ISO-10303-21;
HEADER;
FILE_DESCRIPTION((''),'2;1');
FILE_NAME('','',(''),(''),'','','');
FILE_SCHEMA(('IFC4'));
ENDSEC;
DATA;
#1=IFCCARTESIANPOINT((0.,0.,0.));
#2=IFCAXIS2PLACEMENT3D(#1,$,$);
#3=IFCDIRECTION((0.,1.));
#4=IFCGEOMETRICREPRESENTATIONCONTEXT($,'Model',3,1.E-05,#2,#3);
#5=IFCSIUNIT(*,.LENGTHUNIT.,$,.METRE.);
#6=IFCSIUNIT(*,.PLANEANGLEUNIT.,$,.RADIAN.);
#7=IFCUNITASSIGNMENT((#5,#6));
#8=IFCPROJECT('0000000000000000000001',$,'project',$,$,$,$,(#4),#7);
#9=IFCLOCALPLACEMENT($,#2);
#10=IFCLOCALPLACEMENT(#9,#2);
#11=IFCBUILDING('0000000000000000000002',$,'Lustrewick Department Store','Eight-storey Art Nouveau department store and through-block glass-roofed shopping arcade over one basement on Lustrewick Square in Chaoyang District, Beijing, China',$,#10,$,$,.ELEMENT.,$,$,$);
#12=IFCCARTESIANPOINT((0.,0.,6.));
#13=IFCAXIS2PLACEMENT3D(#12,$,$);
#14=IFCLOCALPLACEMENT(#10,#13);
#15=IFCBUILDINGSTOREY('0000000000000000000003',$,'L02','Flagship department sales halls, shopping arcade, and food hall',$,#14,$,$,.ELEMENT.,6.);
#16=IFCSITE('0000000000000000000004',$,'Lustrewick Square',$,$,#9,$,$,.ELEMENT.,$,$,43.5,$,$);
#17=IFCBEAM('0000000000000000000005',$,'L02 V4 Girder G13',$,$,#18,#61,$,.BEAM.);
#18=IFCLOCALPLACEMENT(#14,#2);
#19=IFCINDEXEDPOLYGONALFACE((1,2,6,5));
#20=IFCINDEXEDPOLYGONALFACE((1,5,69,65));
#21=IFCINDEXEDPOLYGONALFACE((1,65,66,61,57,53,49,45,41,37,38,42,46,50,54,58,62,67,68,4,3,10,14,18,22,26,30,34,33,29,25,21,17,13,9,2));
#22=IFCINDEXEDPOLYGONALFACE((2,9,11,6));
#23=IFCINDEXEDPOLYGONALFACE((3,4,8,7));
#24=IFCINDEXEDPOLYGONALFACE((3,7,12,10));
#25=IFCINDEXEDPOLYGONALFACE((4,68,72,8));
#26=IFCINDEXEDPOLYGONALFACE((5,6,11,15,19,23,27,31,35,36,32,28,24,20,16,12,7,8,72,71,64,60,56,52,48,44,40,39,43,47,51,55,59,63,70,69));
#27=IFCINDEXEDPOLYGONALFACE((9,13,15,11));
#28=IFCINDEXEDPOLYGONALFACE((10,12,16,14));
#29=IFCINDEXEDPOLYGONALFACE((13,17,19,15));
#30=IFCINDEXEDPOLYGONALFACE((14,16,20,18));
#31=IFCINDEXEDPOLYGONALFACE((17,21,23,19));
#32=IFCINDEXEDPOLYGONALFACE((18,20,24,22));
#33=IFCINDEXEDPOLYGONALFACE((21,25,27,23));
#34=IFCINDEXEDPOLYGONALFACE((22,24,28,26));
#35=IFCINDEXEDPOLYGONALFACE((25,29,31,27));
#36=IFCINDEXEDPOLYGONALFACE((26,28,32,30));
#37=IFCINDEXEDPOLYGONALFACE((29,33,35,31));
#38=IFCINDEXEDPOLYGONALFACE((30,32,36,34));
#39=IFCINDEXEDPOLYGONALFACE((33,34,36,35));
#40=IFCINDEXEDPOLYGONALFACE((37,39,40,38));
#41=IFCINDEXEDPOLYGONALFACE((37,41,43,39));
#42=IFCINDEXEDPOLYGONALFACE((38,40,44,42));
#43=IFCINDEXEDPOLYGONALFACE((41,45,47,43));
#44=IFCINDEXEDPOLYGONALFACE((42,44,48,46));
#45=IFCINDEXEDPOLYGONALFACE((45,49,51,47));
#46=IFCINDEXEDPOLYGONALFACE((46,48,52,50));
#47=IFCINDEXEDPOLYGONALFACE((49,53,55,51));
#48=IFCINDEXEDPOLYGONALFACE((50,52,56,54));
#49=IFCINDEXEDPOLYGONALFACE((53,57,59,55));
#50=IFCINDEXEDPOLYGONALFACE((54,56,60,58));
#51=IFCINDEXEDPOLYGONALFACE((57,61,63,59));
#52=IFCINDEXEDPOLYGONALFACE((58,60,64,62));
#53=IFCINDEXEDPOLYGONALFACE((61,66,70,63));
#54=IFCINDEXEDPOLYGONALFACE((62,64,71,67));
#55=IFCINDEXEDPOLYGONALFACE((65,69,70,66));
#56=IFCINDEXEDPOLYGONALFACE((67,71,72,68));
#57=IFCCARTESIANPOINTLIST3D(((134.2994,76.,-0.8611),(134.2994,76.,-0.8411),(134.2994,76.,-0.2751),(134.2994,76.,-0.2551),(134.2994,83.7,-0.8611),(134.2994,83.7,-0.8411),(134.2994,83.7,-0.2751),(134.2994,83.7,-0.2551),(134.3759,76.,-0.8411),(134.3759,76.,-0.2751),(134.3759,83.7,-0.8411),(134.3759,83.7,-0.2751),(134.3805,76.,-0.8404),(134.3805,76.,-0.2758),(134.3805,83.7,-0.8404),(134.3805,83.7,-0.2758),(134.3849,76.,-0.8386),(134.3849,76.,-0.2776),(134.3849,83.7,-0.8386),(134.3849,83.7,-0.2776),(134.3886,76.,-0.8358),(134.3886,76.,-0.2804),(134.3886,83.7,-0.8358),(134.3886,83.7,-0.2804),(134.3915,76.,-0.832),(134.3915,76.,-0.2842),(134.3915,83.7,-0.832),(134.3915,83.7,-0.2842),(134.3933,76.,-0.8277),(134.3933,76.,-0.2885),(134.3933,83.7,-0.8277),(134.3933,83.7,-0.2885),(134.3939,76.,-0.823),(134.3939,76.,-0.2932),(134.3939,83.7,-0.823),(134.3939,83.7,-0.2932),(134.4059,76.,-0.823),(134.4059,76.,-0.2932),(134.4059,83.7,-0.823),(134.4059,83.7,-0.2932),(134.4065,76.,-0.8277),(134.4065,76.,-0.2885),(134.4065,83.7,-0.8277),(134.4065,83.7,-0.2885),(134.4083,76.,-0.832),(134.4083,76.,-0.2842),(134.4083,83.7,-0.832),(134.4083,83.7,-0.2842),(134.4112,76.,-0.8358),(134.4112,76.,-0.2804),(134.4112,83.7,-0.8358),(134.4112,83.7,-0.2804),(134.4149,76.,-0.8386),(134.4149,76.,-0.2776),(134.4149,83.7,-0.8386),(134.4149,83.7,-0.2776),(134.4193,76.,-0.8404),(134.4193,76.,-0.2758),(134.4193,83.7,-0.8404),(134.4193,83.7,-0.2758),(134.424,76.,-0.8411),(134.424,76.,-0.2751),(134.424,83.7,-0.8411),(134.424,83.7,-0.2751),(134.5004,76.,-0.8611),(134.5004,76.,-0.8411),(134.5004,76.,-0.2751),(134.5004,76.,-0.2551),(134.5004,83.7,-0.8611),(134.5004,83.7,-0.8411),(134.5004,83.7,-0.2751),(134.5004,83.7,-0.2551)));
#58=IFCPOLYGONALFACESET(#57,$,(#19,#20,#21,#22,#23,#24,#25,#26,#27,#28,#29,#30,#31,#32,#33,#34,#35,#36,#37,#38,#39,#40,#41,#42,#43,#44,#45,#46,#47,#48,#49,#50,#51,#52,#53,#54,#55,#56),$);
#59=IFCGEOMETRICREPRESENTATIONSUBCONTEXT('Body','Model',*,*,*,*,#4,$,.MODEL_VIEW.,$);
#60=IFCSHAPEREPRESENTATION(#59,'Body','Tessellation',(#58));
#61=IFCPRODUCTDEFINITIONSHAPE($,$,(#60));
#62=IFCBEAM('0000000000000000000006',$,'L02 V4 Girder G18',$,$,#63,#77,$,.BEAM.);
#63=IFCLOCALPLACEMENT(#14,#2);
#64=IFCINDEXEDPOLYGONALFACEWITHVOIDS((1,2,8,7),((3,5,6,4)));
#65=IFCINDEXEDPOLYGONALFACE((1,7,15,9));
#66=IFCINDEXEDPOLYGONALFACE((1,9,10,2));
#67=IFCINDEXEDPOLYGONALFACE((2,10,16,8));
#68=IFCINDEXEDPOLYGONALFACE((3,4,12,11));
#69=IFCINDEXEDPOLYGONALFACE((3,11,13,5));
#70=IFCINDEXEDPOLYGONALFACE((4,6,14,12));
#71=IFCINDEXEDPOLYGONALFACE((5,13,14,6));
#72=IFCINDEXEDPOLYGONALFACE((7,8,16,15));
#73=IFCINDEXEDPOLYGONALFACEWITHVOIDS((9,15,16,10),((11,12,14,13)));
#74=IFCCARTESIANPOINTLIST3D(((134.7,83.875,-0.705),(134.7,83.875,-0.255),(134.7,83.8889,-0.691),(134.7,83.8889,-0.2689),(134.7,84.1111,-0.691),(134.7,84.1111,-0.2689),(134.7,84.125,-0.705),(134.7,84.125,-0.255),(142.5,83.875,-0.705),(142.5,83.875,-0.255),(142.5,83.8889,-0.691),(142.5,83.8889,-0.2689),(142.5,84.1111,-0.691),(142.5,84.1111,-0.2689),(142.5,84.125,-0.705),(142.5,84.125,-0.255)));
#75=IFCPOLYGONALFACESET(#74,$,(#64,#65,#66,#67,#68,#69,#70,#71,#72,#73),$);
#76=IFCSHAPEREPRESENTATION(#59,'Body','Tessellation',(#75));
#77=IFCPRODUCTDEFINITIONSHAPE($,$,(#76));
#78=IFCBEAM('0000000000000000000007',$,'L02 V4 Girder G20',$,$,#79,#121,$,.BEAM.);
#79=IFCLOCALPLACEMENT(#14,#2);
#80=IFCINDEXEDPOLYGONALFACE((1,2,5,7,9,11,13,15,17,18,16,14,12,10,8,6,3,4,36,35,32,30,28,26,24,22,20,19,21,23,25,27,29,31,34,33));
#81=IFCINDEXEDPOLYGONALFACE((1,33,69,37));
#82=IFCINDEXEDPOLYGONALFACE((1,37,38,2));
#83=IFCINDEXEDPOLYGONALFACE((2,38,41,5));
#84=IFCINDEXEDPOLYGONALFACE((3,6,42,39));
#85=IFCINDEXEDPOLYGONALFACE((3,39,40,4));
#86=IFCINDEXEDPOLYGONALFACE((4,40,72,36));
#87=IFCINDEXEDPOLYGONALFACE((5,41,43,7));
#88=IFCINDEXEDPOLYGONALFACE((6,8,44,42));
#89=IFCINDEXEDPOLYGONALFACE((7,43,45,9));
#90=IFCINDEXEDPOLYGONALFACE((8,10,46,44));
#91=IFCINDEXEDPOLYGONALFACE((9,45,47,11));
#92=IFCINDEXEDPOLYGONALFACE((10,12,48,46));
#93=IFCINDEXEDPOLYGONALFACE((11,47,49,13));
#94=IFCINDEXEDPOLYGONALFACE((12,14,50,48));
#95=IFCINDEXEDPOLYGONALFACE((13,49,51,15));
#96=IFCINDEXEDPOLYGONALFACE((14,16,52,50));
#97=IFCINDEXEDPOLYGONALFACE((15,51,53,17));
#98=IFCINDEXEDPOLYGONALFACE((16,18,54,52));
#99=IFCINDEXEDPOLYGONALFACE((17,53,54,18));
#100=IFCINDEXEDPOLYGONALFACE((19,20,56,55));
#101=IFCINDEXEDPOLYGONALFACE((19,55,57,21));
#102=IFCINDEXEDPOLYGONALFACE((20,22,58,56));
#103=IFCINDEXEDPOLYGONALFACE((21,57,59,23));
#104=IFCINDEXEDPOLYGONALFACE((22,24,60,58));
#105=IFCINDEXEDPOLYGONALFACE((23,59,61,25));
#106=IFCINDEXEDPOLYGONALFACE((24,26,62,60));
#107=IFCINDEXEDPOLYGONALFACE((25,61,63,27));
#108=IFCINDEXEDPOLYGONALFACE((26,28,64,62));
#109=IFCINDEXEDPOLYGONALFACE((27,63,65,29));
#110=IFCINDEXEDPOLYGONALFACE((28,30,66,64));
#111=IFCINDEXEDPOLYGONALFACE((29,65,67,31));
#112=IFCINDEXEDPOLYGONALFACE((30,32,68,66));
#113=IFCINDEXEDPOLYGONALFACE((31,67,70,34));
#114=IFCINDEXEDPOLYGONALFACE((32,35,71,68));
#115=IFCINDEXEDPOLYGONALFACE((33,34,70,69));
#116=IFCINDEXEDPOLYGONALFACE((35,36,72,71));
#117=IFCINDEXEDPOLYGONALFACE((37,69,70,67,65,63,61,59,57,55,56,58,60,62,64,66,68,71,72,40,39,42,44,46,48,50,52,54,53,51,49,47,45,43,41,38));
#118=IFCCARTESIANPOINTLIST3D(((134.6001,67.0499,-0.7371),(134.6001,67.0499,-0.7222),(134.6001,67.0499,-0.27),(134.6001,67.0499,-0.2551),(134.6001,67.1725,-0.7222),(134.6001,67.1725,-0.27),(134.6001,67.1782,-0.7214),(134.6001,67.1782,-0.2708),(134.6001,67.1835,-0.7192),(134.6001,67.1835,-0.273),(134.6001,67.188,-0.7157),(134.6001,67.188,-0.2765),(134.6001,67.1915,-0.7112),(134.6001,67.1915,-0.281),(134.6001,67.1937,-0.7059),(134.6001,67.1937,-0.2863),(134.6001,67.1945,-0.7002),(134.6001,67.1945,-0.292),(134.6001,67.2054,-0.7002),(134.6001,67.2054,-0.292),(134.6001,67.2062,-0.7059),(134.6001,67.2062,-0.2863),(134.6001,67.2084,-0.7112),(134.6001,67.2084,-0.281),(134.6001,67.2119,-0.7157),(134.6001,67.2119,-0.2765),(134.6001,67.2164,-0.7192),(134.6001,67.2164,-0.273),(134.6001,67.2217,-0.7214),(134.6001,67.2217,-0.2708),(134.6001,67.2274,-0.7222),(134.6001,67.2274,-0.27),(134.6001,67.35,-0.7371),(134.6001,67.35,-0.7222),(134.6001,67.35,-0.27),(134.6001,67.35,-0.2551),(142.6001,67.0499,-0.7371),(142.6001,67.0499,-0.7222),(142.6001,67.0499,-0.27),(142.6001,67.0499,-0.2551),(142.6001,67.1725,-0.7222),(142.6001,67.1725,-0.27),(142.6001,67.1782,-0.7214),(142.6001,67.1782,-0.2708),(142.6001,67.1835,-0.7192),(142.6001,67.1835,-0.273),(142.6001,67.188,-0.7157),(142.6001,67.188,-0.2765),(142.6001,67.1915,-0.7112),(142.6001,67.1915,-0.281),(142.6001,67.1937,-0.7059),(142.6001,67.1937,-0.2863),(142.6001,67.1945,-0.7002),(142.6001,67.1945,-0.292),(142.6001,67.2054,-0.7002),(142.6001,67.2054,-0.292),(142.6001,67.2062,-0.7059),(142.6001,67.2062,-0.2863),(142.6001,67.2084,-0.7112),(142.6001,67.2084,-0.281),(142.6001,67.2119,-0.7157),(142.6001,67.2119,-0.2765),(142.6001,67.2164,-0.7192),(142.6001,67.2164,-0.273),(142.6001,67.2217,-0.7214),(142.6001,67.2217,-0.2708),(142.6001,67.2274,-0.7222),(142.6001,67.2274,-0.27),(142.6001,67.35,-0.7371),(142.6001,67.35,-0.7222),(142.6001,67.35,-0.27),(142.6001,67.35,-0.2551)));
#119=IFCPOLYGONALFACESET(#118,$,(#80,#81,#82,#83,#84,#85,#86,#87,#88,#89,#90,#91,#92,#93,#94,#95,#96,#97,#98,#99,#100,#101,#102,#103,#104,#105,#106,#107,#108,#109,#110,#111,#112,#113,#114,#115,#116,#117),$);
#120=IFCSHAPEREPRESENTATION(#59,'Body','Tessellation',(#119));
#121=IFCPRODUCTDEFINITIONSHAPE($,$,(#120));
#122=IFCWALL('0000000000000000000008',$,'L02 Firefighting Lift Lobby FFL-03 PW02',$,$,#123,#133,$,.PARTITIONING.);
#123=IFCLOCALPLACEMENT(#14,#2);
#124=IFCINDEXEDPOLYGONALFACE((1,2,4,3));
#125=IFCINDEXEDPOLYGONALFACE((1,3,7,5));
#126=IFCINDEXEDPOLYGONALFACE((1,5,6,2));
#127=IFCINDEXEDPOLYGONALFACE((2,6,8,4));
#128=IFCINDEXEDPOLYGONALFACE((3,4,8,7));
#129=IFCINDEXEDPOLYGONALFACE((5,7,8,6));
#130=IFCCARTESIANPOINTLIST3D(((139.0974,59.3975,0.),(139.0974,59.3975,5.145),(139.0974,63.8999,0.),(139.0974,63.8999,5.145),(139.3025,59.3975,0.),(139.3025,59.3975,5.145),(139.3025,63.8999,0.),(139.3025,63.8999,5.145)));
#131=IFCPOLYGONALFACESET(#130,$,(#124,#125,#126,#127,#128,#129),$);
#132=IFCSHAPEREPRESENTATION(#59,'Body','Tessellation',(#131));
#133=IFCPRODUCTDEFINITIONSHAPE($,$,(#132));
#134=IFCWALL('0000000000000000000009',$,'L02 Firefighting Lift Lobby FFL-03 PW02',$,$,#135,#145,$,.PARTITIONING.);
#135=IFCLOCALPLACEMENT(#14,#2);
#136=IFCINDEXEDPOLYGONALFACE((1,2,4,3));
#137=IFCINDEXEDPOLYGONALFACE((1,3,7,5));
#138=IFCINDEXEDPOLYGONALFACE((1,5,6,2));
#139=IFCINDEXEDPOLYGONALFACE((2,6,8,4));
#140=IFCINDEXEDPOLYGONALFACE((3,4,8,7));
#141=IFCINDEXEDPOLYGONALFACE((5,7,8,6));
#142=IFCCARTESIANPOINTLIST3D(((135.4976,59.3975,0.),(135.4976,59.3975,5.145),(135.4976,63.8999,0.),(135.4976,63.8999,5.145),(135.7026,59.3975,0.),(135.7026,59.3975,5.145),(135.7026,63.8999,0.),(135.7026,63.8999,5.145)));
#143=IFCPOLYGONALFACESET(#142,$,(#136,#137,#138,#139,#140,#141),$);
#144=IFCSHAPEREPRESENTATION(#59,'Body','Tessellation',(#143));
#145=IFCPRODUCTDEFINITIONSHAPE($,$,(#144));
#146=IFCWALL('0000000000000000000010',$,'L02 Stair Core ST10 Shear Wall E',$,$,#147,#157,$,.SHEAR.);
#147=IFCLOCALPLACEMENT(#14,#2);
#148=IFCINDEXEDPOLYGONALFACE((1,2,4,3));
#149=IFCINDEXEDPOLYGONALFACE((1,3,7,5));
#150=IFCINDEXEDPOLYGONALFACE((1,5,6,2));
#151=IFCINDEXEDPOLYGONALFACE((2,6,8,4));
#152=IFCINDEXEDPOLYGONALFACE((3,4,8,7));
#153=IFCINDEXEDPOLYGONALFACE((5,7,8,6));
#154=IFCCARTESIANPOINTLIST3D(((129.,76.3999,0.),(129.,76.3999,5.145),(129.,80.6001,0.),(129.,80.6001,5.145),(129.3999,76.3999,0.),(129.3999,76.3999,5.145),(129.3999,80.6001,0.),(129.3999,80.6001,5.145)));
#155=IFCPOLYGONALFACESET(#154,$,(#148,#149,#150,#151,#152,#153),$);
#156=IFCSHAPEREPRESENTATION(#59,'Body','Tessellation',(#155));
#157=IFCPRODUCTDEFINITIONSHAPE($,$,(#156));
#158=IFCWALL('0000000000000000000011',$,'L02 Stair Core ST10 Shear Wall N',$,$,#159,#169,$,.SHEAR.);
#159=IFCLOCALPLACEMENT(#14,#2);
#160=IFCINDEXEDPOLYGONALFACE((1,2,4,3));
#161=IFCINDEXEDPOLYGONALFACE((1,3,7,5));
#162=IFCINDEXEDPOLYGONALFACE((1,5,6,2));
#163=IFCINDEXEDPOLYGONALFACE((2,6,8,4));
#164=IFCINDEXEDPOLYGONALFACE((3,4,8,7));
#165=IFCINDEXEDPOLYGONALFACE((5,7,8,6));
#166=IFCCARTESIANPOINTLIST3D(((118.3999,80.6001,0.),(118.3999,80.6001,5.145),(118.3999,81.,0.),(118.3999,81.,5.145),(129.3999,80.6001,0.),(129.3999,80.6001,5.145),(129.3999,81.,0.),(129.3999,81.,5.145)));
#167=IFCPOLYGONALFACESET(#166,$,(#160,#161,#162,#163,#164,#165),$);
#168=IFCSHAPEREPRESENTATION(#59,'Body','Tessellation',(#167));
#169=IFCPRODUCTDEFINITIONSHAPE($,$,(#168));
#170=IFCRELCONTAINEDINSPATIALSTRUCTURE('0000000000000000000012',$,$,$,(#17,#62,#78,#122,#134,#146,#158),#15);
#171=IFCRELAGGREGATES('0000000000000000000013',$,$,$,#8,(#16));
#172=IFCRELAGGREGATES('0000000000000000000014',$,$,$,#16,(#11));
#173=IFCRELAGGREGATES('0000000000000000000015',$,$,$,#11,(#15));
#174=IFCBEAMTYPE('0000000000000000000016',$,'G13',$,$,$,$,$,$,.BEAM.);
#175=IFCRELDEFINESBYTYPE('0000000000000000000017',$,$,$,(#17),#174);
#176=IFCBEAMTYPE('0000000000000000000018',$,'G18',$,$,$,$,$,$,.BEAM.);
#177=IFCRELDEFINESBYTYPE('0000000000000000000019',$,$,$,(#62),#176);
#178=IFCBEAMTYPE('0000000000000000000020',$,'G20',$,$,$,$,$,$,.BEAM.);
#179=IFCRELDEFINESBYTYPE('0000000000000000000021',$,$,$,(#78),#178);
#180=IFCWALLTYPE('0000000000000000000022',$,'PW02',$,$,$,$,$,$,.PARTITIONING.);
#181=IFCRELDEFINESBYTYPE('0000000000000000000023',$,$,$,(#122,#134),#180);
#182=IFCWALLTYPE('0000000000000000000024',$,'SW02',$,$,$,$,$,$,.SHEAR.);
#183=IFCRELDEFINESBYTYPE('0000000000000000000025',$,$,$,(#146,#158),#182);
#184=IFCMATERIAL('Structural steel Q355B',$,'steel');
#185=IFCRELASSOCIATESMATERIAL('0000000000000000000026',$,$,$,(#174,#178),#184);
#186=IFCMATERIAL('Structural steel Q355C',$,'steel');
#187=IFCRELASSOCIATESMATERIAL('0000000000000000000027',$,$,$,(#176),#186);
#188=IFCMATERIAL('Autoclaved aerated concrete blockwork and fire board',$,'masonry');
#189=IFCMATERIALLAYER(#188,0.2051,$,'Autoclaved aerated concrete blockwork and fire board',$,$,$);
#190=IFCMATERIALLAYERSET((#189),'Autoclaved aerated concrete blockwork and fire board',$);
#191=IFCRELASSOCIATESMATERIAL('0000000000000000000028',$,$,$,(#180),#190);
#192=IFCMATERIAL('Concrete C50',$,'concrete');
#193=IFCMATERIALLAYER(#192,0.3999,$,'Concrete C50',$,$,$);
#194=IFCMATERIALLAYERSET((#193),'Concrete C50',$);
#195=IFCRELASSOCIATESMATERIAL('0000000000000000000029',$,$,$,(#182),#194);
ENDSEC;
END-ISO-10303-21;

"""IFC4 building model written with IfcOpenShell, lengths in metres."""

from ifc_helpers import new_model, si_unit, direction, frame, frame_2d, origin, origin_2d, place, context, subcontext, project, spatial, rectangle, hollow_rectangle, i_section, extrude, material, layer, layer_set, material_profile, profile_set, type_object, element, save


model = new_model("IFC4")

# Units and contexts
model_context = context("Model", 3, precision=1e-05, world=origin(), true_north=direction((0.0, 1.0)))
body_context = subcontext(model_context, "Body", "Model", "MODEL_VIEW")
ifc_project = project(units=[si_unit("LENGTHUNIT", "METRE"), si_unit("PLANEANGLEUNIT", "RADIAN")], contexts=[model_context])

# Site, building, storey
site_placement = place(None, origin())
site = spatial("IfcSite", under=ifc_project, at=site_placement, Name="Lustrewick Square", CompositionType="ELEMENT", RefElevation=43.5)
building_placement = place(site_placement, origin())
building = spatial("IfcBuilding", under=site, at=building_placement, Name="Lustrewick Department Store", Description="Eight-storey Art Nouveau department store and through-block glass-roofed shopping arcade over one basement on Lustrewick Square in Chaoyang District, Beijing, China", CompositionType="ELEMENT")
storey_placement = place(building_placement, frame((0.0, 0.0, 6.0)))
storey = spatial("IfcBuildingStorey", under=building, at=storey_placement, Name="L02", Description="Flagship department sales halls, shopping arcade, and food hall", CompositionType="ELEMENT", Elevation=6.0)

# Shared definitions
ifc_material_1 = material(Name="Structural steel Q355C", Category="steel")

# Shared definitions
ifc_material_2 = material(Name="Structural steel Q355B", Category="steel")

# Beams
ifc_material_profile_1 = material_profile(ifc_material_2, i_section(OverallWidth=0.2009, OverallDepth=0.606, WebThickness=0.012, FlangeThickness=0.02, FilletRadius=0.0181, at=origin_2d()), Name="HN 606x201x12x20")
ifc_profile_set_1 = profile_set([ifc_material_profile_1], Name="Structural steel Q355B")
beam_type_1 = type_object("IfcBeamType", Name="G13", PredefinedType="BEAM", material=ifc_profile_set_1)
beam_1_placement = place(storey_placement, frame((134.3999, 76.0, -0.5581), z_axis=(0.0, 1.0, 0.0), x_axis=(-1.0, 0.0, 0.0)))
element("IfcBeam", 1, at=beam_1_placement, inside=storey, type_object=beam_type_1, Name="L02 V4 Girder G13", PredefinedType="BEAM", context=body_context, shape_type="SweptSolid", body=[
    extrude(i_section(OverallWidth=0.2009, OverallDepth=0.606, WebThickness=0.012, FlangeThickness=0.02, FilletRadius=0.0181, at=origin_2d()), origin(), (0.0, 0.0, 1.0), 7.7),
])
ifc_material_profile_2 = material_profile(ifc_material_1, hollow_rectangle(XDim=0.25, YDim=0.45, WallThickness=0.0139, at=origin_2d()), Name="RHS 450x250x14")
ifc_profile_set_2 = profile_set([ifc_material_profile_2], Name="Structural steel Q355C")
beam_type_2 = type_object("IfcBeamType", Name="G18", PredefinedType="BEAM", material=ifc_profile_set_2)
beam_2_placement = place(storey_placement, frame((134.7, 84.0, -0.48), z_axis=(1.0, 0.0, 0.0), x_axis=(0.0, 1.0, 0.0)))
element("IfcBeam", 2, at=beam_2_placement, inside=storey, type_object=beam_type_2, Name="L02 V4 Girder G18", PredefinedType="BEAM", context=body_context, shape_type="SweptSolid", body=[
    extrude(hollow_rectangle(XDim=0.25, YDim=0.45, WallThickness=0.0139, at=origin_2d()), origin(), (0.0, 0.0, 1.0), 7.8),
])
ifc_material_profile_3 = material_profile(ifc_material_2, i_section(OverallWidth=0.3, OverallDepth=0.4819, WebThickness=0.011, FlangeThickness=0.0149, FilletRadius=0.022, at=origin_2d()), Name="HM 482x300x11x15")
ifc_profile_set_3 = profile_set([ifc_material_profile_3], Name="Structural steel Q355B")
beam_type_3 = type_object("IfcBeamType", Name="G20", PredefinedType="BEAM", material=ifc_profile_set_3)
beam_3_placement = place(storey_placement, frame((134.6001, 67.2, -0.4961), z_axis=(1.0, 0.0, 0.0), x_axis=(0.0, 1.0, 0.0)))
element("IfcBeam", 3, at=beam_3_placement, inside=storey, type_object=beam_type_3, Name="L02 V4 Girder G20", PredefinedType="BEAM", context=body_context, shape_type="SweptSolid", body=[
    extrude(i_section(OverallWidth=0.3, OverallDepth=0.4819, WebThickness=0.011, FlangeThickness=0.0149, FilletRadius=0.022, at=origin_2d()), origin(), (0.0, 0.0, 1.0), 8.0),
])

# Shared definitions
ifc_material_3 = material(Name="Autoclaved aerated concrete blockwork and fire board", Category="masonry")
ifc_layer_1 = layer(ifc_material_3, 0.2051, Name="Autoclaved aerated concrete blockwork and fire board")
ifc_layer_set_1 = layer_set([ifc_layer_1], Name="Autoclaved aerated concrete blockwork and fire board")
wall_type_1 = type_object("IfcWallType", Name="PW02", PredefinedType="PARTITIONING", material=ifc_layer_set_1)

# Walls
for number, where, z_axis, x_axis, name in (
    (4, (139.2, 59.3975, 0.0), (0.0, 0.0, 1.0), (0.0, 1.0, 0.0), "L02 Firefighting Lift Lobby FFL-03 PW02"),
    (5, (135.6001, 63.8999, 0.0), (0.0, 0.0, 1.0), (0.0, -1.0, 0.0), "L02 Firefighting Lift Lobby FFL-03 PW02"),
):
    element("IfcWall", number, at=place(storey_placement, frame(where, z_axis=z_axis, x_axis=x_axis)), inside=storey, type_object=wall_type_1, Name=name, PredefinedType="PARTITIONING", context=body_context, shape_type="SweptSolid", body=[
        extrude(rectangle(XDim=4.5024, YDim=0.2051, at=frame_2d((2.2512, 0.0))), origin(), (0.0, 0.0, 1.0), 5.145),
    ])
ifc_material_4 = material(Name="Concrete C50", Category="concrete")
ifc_layer_2 = layer(ifc_material_4, 0.3999, Name="Concrete C50")
ifc_layer_set_2 = layer_set([ifc_layer_2], Name="Concrete C50")
wall_type_2 = type_object("IfcWallType", Name="SW02", PredefinedType="SHEAR", material=ifc_layer_set_2)
wall_1_placement = place(storey_placement, frame((129.2, 76.3999, 0.0), z_axis=(0.0, 0.0, 1.0), x_axis=(0.0, 1.0, 0.0)))
element("IfcWall", 6, at=wall_1_placement, inside=storey, type_object=wall_type_2, Name="L02 Stair Core ST10 Shear Wall E", PredefinedType="SHEAR", context=body_context, shape_type="SweptSolid", body=[
    extrude(rectangle(XDim=4.2002, YDim=0.3999, at=frame_2d((2.1001, 0.0))), origin(), (0.0, 0.0, 1.0), 5.145),
])
wall_2_placement = place(storey_placement, frame((129.3999, 80.8, 0.0), z_axis=(0.0, 0.0, 1.0), x_axis=(-1.0, 0.0, 0.0)))
element("IfcWall", 7, at=wall_2_placement, inside=storey, type_object=wall_type_2, Name="L02 Stair Core ST10 Shear Wall N", PredefinedType="SHEAR", context=body_context, shape_type="SweptSolid", body=[
    extrude(rectangle(XDim=11.0, YDim=0.3999, at=frame_2d((5.5, 0.0))), origin(), (0.0, 0.0, 1.0), 5.145),
])

save(model, "model.ifc")
